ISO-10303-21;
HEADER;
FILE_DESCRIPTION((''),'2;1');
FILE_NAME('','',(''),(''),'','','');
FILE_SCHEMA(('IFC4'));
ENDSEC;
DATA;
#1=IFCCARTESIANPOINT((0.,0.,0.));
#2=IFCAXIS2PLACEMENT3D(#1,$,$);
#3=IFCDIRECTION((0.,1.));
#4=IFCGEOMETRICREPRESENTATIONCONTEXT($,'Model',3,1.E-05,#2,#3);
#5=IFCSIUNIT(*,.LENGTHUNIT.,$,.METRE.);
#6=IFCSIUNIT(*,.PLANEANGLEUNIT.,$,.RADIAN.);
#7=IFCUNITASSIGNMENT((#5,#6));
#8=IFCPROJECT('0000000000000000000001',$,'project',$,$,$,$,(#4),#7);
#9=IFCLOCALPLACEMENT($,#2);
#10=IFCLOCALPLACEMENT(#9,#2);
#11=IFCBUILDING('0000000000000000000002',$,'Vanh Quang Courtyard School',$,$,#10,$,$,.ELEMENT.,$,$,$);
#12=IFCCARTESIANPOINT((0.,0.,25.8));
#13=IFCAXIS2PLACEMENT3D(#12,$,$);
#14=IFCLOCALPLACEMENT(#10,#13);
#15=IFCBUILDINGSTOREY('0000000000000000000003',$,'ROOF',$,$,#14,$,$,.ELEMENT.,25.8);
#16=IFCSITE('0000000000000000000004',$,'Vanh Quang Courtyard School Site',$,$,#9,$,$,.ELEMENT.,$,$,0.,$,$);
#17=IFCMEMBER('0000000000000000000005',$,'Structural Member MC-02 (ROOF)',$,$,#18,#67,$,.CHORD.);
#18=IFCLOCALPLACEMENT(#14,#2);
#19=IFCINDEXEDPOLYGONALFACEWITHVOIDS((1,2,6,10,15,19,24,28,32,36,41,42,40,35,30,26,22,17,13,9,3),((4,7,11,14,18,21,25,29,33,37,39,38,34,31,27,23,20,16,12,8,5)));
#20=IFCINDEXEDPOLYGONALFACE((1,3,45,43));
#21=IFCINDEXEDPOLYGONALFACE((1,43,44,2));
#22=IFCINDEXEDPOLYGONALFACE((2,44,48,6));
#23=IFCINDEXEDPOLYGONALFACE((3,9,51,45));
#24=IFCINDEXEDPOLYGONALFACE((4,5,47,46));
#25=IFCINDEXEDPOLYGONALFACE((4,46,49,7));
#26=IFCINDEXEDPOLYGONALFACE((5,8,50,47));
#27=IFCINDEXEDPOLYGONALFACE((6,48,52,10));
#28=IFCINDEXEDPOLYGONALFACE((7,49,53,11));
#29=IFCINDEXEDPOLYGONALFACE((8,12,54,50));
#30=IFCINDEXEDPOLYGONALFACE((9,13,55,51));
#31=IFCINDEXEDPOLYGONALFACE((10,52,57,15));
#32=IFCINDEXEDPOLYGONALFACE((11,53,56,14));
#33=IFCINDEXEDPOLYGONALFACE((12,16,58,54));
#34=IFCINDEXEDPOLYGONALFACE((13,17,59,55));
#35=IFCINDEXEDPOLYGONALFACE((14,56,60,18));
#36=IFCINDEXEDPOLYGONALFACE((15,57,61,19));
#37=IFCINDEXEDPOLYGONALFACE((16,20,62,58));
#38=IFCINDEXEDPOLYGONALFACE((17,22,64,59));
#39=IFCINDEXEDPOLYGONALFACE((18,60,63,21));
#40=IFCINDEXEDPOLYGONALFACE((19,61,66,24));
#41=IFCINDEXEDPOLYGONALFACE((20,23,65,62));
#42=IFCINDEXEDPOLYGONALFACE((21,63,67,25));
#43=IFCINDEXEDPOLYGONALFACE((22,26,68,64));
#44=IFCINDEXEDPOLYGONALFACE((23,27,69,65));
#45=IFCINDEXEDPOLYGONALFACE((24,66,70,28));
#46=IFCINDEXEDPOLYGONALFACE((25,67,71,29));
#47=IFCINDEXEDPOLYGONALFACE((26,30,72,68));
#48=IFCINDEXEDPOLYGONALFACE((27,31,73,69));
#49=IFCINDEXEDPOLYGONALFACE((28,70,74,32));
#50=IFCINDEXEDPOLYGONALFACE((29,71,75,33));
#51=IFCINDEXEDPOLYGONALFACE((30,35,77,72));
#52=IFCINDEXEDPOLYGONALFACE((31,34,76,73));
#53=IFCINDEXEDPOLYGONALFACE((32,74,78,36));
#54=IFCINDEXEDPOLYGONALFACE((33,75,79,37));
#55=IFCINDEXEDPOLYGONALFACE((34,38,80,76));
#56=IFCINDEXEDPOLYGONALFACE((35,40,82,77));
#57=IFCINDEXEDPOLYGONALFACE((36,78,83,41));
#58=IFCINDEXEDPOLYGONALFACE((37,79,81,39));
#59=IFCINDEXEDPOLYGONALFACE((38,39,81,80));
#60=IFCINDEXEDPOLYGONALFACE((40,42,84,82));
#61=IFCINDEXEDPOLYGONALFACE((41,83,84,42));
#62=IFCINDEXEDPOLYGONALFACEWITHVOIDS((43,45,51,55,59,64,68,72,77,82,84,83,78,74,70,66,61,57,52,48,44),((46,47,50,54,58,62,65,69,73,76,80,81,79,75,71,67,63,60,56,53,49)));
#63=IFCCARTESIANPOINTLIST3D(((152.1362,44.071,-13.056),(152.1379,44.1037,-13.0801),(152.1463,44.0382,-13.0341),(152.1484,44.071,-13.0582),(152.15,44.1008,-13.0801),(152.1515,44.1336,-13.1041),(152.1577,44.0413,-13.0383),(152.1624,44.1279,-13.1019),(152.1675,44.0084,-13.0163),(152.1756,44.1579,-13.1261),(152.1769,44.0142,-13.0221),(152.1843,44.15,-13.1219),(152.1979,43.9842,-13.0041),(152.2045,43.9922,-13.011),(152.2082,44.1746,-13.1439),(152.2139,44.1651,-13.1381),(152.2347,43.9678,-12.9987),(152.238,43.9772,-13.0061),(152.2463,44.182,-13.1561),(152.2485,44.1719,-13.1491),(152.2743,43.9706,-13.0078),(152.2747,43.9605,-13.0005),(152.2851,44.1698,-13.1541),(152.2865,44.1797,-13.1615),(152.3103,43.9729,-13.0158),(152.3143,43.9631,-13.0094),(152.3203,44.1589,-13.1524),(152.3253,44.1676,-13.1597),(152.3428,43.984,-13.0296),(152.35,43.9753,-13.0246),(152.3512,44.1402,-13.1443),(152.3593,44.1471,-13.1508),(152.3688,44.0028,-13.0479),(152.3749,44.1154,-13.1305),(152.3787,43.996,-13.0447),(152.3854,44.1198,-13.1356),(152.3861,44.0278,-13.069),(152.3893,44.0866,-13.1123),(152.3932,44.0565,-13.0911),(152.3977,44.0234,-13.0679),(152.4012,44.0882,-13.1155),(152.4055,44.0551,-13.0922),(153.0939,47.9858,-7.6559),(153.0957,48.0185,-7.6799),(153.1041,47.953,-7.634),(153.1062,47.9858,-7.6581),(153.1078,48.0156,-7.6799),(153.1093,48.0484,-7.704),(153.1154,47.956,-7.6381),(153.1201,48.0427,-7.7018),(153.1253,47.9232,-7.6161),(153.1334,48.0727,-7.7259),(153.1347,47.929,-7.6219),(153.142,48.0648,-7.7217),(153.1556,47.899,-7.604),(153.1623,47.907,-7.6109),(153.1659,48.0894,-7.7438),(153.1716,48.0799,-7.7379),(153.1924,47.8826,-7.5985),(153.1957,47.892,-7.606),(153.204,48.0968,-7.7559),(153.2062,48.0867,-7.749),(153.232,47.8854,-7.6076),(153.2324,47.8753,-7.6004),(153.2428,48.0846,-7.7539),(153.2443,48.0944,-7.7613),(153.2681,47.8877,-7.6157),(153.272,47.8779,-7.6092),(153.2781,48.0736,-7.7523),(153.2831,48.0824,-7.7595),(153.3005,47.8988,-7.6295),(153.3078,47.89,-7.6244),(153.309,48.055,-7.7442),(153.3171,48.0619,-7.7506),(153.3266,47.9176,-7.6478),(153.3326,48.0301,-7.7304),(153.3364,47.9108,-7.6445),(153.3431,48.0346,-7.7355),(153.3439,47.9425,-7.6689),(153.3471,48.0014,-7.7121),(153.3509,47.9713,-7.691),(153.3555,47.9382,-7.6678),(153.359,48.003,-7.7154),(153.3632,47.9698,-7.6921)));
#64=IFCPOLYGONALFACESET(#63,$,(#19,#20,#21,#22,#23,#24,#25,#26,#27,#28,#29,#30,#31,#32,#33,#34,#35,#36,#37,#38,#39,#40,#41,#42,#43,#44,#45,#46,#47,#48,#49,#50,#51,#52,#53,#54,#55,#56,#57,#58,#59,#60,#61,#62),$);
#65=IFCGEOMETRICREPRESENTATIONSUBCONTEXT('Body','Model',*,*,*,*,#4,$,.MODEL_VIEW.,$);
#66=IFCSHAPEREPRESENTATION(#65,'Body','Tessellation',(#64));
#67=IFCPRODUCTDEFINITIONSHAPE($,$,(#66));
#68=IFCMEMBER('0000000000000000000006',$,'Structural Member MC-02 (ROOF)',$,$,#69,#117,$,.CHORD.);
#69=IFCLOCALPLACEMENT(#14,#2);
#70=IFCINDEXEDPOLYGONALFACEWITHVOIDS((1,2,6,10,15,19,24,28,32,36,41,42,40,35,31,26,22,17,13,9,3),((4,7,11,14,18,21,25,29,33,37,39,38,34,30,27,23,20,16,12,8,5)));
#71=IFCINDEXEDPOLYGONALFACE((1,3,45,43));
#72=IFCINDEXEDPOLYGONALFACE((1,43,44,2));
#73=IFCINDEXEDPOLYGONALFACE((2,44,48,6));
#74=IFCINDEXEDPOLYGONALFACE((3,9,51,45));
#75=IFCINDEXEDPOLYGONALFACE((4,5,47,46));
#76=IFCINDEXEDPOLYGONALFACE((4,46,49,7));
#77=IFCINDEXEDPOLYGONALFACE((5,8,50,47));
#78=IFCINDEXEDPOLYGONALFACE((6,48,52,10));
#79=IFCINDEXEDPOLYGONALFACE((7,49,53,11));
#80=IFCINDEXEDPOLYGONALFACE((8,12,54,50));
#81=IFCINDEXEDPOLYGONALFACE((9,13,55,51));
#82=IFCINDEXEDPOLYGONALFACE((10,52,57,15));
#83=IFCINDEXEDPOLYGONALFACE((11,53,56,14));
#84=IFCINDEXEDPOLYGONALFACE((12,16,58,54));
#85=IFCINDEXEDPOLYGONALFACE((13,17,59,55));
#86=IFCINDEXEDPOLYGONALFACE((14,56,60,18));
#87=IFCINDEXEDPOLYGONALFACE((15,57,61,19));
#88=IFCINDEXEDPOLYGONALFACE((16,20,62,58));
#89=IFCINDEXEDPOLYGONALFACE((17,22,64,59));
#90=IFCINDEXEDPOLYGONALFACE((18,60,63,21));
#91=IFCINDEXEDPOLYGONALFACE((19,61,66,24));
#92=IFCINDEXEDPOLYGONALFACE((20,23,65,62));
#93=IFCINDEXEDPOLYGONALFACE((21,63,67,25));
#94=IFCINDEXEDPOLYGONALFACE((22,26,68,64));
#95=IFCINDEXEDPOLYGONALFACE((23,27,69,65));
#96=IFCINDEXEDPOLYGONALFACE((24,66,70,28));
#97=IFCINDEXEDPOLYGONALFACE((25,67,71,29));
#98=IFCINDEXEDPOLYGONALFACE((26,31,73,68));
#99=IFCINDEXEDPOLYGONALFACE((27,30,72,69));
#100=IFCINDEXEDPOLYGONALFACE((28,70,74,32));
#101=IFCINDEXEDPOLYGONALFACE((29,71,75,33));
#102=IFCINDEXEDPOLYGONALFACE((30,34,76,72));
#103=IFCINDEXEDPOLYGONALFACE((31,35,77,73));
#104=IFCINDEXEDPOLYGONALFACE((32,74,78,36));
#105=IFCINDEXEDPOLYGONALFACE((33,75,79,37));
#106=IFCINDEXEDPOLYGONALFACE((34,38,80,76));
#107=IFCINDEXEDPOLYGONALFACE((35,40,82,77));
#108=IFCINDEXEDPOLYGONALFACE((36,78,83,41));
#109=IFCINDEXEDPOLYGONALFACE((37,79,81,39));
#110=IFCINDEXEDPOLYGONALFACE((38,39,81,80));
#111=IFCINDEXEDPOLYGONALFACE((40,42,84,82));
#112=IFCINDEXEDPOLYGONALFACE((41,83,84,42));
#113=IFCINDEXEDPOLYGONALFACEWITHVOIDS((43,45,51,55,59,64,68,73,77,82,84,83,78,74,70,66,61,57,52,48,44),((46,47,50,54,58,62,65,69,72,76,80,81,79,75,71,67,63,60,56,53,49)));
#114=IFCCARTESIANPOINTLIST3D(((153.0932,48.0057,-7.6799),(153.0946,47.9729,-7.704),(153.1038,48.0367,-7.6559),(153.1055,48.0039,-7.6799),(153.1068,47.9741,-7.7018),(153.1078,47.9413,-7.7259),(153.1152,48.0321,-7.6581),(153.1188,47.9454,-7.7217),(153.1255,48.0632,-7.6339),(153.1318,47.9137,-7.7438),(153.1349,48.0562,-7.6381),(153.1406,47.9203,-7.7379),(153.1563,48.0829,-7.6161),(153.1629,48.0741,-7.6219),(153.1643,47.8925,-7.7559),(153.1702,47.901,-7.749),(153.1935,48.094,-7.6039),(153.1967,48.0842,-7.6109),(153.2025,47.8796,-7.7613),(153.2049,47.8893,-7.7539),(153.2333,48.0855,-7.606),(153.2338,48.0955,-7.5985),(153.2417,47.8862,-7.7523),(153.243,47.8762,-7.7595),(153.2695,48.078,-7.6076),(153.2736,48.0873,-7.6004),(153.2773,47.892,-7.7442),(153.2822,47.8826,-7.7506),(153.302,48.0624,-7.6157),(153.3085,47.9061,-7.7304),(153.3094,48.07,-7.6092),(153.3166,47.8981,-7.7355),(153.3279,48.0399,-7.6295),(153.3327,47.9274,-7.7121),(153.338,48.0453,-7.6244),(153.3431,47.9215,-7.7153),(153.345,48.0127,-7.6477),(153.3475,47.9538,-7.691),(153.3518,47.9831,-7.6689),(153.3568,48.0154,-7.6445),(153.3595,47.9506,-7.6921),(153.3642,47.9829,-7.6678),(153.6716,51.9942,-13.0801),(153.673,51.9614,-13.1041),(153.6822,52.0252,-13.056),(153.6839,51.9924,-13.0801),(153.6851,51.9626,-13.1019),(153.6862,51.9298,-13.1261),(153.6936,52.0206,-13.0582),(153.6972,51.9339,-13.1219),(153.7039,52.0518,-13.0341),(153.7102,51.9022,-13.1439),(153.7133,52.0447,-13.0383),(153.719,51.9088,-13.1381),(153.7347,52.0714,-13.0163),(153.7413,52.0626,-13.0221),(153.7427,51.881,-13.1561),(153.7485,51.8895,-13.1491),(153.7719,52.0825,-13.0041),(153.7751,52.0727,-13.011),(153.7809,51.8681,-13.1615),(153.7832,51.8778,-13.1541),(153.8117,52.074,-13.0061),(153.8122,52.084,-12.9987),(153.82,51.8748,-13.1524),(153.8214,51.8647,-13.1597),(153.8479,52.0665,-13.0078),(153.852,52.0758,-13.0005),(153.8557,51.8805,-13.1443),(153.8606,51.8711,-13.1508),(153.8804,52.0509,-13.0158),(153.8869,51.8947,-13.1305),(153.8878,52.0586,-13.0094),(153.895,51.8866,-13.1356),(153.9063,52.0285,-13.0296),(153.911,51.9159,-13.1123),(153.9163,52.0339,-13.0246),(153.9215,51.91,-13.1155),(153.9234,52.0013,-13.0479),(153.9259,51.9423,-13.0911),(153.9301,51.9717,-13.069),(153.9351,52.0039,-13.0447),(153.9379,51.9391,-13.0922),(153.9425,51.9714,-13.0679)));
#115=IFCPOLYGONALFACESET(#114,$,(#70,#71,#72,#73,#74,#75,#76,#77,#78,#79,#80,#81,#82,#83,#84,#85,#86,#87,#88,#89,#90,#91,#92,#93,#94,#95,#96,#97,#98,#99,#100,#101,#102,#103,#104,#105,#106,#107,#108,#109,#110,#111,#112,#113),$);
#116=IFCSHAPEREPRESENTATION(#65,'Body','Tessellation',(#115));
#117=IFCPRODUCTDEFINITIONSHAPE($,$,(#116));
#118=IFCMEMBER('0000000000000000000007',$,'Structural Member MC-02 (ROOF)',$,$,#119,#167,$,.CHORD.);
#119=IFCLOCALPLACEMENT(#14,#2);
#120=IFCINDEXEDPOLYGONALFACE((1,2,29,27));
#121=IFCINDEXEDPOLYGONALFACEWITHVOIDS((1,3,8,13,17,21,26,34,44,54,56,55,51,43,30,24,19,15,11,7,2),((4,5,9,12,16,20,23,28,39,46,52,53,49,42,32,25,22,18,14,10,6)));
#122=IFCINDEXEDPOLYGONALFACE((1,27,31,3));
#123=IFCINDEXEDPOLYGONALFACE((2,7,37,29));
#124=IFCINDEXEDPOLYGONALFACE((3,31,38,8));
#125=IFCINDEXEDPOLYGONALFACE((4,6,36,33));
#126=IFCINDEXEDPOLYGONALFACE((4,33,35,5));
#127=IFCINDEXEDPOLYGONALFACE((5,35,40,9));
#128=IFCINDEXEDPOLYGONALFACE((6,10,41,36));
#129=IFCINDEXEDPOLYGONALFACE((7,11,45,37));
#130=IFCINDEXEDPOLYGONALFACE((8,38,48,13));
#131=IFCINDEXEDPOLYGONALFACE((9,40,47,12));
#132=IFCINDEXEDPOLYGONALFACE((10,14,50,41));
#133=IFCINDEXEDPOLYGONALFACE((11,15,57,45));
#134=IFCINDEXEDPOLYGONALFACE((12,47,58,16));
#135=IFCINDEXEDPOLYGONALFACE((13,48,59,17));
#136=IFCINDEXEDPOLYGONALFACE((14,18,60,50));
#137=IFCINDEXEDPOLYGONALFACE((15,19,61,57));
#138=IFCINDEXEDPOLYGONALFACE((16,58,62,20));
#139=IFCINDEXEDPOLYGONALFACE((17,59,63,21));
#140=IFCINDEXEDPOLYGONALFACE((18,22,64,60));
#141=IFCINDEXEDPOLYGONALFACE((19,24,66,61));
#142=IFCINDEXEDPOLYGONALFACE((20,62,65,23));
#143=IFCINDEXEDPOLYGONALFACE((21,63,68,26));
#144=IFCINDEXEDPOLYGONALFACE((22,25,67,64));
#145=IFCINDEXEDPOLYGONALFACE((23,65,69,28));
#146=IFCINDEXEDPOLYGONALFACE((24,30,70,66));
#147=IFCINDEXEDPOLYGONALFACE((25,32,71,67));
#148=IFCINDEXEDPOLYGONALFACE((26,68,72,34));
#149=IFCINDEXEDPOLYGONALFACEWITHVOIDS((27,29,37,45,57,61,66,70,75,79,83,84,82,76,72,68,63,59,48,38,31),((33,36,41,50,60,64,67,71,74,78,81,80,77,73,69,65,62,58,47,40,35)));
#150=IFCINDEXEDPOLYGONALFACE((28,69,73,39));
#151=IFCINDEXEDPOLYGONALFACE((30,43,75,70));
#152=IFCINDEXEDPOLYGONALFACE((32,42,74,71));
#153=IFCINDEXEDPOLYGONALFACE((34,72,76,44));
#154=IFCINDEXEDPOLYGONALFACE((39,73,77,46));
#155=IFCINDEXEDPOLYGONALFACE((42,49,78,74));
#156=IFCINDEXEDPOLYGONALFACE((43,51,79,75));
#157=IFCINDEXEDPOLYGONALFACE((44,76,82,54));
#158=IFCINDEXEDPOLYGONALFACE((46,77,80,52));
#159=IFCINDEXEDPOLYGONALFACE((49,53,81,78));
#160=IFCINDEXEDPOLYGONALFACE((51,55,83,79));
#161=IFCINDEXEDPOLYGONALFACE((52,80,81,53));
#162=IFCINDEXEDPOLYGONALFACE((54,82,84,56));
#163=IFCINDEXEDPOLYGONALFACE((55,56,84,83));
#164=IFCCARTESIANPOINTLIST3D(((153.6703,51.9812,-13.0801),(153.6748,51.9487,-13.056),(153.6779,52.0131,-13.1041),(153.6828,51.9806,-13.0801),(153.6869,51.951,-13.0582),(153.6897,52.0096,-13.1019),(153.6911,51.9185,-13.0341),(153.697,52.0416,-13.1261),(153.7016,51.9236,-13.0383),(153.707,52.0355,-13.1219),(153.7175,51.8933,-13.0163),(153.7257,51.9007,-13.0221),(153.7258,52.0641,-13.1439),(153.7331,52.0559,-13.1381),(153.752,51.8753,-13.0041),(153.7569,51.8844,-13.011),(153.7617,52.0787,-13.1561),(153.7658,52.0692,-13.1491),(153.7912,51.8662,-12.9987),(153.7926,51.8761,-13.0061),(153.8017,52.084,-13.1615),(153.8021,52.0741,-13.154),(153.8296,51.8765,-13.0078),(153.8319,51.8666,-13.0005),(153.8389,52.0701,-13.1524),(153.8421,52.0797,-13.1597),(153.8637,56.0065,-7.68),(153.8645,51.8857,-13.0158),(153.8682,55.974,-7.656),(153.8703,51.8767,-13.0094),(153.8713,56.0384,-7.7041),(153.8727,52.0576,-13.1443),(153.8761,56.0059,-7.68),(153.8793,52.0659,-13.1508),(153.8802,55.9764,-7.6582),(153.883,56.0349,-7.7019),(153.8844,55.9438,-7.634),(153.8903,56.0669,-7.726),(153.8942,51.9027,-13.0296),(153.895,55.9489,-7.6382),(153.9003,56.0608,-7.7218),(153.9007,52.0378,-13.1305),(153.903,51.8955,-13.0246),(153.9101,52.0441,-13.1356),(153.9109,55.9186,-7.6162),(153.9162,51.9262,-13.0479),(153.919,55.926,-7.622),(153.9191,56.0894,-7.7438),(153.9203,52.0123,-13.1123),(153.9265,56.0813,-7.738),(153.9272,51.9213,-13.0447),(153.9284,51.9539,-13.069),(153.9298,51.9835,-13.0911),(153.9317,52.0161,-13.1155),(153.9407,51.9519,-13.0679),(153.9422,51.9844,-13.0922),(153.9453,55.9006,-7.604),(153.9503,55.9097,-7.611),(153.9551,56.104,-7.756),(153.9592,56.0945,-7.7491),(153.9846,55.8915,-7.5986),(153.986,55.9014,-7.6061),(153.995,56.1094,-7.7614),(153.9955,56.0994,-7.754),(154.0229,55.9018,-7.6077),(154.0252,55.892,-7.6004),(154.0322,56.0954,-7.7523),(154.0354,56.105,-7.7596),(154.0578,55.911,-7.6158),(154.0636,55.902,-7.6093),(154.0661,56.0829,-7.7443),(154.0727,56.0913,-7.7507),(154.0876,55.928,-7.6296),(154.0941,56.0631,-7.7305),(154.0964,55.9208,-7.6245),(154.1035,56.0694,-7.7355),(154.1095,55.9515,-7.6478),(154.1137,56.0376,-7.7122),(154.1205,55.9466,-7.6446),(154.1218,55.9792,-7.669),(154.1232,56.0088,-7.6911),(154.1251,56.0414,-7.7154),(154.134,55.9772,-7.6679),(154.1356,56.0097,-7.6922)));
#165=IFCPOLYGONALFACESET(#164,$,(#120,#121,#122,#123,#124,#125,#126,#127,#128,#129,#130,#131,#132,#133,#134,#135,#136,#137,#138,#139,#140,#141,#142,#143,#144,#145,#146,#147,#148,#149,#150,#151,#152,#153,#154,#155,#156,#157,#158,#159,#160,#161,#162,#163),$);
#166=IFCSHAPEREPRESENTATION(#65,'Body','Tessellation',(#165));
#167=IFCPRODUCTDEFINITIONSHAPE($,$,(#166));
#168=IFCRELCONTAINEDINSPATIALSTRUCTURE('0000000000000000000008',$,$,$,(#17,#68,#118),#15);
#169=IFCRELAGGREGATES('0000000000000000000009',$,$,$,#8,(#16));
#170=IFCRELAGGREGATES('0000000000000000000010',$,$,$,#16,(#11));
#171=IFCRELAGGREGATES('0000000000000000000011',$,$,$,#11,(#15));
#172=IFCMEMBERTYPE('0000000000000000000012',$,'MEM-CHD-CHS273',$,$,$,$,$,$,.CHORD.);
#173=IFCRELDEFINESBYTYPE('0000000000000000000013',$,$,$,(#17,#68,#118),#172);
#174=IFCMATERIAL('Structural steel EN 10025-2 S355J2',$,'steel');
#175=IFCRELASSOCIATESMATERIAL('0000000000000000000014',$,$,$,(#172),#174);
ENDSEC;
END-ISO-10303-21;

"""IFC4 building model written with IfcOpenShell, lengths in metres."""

from ifc_helpers import new_model, si_unit, direction, frame, origin, origin_2d, place, context, subcontext, project, spatial, hollow_circle, extrude, material, material_profile, profile_set, type_object, element, save


model = new_model("IFC4")

# Units and contexts
model_context = context("Model", 3, precision=1e-05, world=origin(), true_north=direction((0.0, 1.0)))
body_context = subcontext(model_context, "Body", "Model", "MODEL_VIEW")
ifc_project = project(units=[si_unit("LENGTHUNIT", "METRE"), si_unit("PLANEANGLEUNIT", "RADIAN")], contexts=[model_context])

# Site, building, storey
site_placement = place(None, origin())
site = spatial("IfcSite", under=ifc_project, at=site_placement, Name="Vanh Quang Courtyard School Site", CompositionType="ELEMENT", RefElevation=0.0)
building_placement = place(site_placement, origin())
building = spatial("IfcBuilding", under=site, at=building_placement, Name="Vanh Quang Courtyard School", CompositionType="ELEMENT")
storey_placement = place(building_placement, frame((0.0, 0.0, 25.8)))
storey = spatial("IfcBuildingStorey", under=building, at=storey_placement, Name="ROOF", CompositionType="ELEMENT", Elevation=25.8)

# Shared definitions
ifc_material_1 = material(Name="Structural steel EN 10025-2 S355J2", Category="steel")

# Members
ifc_material_profile_1 = material_profile(ifc_material_1, hollow_circle(Radius=0.1365, WallThickness=0.0125, at=origin_2d()), Name="CHS 273x12.5")
ifc_profile_set_1 = profile_set([ifc_material_profile_1], Name="Structural steel EN 10025-2 S355J2")
member_type_1 = type_object("IfcMemberType", Name="MEM-CHD-CHS273", PredefinedType="CHORD", material=ifc_profile_set_1)
for number, where, z_axis, x_axis, name in (
    (1, (152.2705, 44.0713, -13.0801), (0.142138, 0.580978, 0.801412), (-0.971352, 0.237644, 0.0), "Structural Member MC-02 (ROOF)"),
    (2, (153.2283, 47.9861, -7.6799), (0.085833, 0.59192, -0.801413), (-0.989649, 0.143507, 0.0), "Structural Member MC-02 (ROOF)"),
):
    element("IfcMember", number, at=place(storey_placement, frame(where, z_axis=z_axis, x_axis=x_axis)), inside=storey, type_object=member_type_1, Name=name, PredefinedType="CHORD", context=body_context, shape_type="SweptSolid", body=[
        extrude(hollow_circle(Radius=0.1365, WallThickness=0.0125, at=origin_2d()), origin(), (0.0, 0.0, 1.0), 6.7383),
    ])
member_1_placement = place(storey_placement, frame((153.8066, 51.9746, -13.0801), z_axis=(0.028696, 0.597402, 0.801428), x_axis=(-0.998848, 0.04798, 0.0)))
element("IfcMember", 3, at=member_1_placement, inside=storey, type_object=member_type_1, Name="Structural Member MC-02 (ROOF)", PredefinedType="CHORD", context=body_context, shape_type="SweptSolid", body=[
    extrude(hollow_circle(Radius=0.1365, WallThickness=0.0125, at=origin_2d()), origin(), (0.0, 0.0, 1.0), 6.738),
])

save(model, "model.ifc")
